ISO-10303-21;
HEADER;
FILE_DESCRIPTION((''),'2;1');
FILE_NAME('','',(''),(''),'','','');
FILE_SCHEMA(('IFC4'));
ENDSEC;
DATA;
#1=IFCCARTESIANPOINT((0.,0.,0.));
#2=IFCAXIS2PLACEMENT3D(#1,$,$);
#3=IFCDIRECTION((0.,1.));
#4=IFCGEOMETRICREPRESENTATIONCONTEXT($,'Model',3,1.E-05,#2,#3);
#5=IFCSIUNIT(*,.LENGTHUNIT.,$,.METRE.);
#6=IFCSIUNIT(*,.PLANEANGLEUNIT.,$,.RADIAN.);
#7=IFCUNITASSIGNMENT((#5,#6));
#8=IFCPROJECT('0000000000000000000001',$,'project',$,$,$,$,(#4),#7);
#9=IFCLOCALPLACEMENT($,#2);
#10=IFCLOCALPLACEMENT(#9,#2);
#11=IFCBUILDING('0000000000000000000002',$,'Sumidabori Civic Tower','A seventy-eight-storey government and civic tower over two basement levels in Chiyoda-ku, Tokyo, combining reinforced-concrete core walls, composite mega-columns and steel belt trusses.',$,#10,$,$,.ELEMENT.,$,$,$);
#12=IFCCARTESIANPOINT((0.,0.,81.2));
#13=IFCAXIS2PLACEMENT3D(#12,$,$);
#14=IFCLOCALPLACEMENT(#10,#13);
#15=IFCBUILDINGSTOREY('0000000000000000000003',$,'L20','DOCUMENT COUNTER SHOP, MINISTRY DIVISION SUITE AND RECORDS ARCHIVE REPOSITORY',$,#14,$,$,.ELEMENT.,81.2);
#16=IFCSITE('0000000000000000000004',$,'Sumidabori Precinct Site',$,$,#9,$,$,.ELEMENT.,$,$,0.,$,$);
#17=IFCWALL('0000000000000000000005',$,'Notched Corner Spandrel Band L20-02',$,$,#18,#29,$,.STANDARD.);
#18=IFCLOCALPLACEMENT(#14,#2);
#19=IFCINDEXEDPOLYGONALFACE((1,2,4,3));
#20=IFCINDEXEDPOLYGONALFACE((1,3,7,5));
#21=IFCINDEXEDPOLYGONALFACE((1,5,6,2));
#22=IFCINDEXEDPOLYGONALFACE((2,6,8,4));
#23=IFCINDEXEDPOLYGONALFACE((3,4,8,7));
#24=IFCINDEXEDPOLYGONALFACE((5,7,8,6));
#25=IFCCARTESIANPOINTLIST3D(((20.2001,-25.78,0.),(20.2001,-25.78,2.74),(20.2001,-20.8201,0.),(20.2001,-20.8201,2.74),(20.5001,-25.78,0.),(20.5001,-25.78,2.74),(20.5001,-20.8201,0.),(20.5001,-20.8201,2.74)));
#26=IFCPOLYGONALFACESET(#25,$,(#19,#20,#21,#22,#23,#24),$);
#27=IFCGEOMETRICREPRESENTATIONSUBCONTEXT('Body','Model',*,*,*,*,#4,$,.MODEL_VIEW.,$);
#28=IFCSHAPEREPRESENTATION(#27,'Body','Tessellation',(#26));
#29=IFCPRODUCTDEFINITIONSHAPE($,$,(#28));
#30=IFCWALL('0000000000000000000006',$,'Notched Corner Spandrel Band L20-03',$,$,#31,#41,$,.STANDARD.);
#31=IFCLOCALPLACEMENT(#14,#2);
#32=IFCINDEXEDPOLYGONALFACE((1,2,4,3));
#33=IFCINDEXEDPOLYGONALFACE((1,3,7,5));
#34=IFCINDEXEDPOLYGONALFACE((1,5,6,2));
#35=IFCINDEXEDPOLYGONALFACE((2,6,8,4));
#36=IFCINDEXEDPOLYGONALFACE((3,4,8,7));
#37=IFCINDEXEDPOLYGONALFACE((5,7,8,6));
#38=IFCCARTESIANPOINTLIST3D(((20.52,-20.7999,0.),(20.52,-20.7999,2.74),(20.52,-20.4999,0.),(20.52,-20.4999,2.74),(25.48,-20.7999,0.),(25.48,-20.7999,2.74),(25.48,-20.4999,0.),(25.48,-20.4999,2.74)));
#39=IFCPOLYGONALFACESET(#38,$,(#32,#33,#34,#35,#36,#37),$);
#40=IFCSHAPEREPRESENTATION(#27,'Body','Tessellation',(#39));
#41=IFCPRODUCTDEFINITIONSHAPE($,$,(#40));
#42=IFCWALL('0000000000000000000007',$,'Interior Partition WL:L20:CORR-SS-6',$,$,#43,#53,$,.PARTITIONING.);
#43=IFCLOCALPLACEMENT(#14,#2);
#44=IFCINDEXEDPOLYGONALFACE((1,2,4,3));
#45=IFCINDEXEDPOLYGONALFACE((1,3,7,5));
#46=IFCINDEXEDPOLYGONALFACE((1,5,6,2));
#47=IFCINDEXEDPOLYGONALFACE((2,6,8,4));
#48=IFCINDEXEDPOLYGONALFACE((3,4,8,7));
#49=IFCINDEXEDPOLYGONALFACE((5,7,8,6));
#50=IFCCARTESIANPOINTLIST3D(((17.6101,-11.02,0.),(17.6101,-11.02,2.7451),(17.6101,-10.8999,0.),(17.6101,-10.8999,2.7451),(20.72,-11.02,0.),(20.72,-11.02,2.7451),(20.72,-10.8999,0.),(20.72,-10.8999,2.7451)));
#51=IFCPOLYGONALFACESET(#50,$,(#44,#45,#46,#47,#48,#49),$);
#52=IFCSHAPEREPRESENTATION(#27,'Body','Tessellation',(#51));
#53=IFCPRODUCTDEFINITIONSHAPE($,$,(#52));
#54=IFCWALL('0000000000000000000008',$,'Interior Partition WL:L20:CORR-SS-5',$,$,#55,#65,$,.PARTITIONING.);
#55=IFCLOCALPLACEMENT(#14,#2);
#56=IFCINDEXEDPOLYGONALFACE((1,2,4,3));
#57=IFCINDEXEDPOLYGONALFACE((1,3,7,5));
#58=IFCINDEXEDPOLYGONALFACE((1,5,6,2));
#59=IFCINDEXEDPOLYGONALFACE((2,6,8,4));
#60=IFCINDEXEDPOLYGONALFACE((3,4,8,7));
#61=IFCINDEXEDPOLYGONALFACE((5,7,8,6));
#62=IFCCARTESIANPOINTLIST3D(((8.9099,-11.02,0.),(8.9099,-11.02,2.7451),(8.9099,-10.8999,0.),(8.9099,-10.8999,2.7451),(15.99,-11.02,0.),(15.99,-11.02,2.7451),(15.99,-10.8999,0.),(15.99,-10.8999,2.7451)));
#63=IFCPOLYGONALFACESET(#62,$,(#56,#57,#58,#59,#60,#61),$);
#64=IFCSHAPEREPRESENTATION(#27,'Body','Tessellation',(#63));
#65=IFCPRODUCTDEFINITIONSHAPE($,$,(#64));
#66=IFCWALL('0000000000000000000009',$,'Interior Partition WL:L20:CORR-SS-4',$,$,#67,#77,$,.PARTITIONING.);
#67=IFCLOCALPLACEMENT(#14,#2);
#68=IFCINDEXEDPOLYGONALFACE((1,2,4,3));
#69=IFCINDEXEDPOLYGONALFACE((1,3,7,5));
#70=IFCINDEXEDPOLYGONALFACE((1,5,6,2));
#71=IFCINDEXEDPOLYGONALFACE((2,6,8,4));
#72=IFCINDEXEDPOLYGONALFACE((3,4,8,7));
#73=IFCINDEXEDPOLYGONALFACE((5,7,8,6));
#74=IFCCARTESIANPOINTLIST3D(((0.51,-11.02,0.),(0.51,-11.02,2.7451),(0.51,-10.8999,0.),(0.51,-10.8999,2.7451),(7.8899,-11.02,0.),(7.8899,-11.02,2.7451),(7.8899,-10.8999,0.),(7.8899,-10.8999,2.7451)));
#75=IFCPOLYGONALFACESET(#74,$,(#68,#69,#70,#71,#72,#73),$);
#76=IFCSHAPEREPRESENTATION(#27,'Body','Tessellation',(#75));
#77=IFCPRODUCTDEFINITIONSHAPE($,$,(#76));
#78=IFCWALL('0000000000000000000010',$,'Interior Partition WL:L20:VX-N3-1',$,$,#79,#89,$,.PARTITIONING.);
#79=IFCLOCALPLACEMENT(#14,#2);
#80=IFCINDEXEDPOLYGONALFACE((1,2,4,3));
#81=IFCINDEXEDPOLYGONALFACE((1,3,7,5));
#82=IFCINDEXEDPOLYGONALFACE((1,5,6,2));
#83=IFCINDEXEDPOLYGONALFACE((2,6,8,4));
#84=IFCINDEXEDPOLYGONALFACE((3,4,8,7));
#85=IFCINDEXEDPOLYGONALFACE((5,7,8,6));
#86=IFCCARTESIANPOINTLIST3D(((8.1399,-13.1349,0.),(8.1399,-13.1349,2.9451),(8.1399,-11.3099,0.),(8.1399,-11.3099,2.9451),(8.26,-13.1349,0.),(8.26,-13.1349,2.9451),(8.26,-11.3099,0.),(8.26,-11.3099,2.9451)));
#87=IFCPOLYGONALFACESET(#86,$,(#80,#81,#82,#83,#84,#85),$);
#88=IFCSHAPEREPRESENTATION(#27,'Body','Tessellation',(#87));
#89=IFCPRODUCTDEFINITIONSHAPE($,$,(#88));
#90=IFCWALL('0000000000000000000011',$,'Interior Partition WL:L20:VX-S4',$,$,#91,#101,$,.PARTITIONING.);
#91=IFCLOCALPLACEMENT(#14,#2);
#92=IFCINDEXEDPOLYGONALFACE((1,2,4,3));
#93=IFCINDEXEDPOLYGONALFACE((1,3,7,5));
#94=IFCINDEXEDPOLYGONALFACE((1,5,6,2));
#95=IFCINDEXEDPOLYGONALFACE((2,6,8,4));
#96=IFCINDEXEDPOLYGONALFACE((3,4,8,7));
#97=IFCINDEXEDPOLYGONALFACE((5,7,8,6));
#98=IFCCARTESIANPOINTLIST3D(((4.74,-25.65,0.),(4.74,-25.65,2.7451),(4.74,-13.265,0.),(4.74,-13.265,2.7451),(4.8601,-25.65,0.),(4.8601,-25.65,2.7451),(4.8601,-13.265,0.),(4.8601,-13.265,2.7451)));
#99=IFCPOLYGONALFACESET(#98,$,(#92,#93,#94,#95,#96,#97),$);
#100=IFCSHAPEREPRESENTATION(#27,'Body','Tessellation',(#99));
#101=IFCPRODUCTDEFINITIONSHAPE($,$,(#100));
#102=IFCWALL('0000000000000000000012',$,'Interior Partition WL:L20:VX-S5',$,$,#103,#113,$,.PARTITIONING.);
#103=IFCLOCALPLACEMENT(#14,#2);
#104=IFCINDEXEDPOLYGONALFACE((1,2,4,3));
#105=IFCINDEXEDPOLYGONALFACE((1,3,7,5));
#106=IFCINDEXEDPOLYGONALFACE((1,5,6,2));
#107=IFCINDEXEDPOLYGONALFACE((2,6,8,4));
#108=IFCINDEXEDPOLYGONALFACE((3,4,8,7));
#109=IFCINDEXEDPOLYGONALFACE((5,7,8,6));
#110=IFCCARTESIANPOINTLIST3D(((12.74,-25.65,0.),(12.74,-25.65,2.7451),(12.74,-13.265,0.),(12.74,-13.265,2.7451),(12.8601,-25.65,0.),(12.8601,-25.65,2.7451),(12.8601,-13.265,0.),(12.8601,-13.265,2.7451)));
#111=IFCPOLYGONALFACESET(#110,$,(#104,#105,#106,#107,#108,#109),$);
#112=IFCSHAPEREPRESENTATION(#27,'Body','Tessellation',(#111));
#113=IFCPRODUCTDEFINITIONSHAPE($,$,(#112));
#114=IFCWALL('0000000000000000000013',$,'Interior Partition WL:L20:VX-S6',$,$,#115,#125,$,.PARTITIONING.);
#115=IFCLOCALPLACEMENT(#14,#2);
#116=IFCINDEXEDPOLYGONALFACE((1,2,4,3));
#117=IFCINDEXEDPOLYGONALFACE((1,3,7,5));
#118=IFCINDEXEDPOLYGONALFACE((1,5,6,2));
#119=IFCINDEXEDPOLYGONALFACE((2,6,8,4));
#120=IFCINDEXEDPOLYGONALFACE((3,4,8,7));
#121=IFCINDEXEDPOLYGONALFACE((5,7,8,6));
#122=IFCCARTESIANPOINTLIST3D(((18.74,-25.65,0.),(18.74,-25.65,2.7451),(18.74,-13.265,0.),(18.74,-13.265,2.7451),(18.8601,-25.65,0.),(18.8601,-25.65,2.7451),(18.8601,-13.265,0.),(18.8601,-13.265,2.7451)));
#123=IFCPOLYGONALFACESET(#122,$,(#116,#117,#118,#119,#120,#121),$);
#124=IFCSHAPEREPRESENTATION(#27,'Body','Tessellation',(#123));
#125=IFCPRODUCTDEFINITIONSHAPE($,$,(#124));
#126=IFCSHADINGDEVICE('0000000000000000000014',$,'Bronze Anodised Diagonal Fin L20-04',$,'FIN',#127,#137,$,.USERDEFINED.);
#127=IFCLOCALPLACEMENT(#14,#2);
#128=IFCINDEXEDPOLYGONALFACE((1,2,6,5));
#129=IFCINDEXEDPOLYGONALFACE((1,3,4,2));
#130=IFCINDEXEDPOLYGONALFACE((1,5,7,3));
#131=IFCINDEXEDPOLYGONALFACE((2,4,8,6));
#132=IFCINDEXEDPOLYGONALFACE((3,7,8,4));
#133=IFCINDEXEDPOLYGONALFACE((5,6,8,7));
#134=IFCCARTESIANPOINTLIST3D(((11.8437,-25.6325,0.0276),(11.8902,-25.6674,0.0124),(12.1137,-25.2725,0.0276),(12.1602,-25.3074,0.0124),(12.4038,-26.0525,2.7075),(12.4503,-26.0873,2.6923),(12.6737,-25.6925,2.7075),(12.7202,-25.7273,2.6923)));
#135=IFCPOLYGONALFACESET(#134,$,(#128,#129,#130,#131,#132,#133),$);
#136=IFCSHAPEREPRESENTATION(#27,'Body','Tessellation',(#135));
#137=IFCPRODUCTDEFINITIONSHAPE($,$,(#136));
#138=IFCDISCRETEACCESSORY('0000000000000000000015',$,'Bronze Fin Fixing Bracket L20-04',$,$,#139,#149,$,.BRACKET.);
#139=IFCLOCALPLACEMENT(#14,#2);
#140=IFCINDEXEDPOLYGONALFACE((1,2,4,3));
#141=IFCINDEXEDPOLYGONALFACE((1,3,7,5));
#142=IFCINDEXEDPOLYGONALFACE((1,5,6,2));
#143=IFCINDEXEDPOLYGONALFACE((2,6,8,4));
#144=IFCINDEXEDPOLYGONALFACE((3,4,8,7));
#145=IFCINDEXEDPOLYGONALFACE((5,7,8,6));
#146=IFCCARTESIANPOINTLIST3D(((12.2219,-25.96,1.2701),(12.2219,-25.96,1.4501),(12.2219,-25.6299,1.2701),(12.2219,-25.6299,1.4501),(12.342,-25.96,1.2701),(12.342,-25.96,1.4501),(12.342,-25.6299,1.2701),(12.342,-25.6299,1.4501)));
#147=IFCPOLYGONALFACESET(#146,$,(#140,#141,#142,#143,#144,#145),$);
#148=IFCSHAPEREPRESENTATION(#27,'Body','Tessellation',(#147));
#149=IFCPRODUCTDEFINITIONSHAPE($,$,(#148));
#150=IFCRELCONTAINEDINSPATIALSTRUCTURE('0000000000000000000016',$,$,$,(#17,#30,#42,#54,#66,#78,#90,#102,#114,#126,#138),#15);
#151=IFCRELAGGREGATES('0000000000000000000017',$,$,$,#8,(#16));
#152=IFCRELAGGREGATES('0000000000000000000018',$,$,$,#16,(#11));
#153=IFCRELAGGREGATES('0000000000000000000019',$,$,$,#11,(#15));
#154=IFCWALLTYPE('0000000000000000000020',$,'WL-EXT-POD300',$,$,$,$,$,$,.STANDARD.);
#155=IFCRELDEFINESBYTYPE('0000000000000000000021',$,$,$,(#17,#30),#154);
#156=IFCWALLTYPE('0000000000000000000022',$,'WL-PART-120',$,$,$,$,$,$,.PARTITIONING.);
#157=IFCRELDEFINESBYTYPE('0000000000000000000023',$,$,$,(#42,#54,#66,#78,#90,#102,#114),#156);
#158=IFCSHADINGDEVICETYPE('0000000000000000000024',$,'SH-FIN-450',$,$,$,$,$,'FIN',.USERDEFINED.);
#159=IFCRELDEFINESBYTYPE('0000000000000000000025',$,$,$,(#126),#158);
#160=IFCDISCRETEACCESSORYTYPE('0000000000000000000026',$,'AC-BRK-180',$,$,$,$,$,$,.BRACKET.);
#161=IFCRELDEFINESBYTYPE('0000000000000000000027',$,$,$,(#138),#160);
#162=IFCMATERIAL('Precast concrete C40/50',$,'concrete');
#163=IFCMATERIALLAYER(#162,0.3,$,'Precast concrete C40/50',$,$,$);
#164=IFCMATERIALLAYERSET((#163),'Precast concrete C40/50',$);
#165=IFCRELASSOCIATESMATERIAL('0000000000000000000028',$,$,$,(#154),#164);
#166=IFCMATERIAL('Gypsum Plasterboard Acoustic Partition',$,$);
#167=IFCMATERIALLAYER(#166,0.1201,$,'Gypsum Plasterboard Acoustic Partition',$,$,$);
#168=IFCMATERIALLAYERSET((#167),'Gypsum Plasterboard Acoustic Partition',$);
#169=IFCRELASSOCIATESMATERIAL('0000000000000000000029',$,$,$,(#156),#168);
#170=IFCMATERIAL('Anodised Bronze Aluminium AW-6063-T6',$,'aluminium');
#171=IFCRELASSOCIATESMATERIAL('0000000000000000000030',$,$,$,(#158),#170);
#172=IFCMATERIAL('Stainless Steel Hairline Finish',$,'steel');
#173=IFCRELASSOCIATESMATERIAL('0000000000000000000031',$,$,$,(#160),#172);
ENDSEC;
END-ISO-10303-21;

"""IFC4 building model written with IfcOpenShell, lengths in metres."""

from ifc_helpers import new_model, si_unit, direction, frame, frame_2d, origin, origin_2d, place, context, subcontext, project, spatial, rectangle, extrude, source, transform, mapped, material, layer, layer_set, material_profile, profile_set, type_object, element, save


model = new_model("IFC4")

# Units and contexts
model_context = context("Model", 3, precision=1e-05, world=origin(), true_north=direction((0.0, 1.0)))
body_context = subcontext(model_context, "Body", "Model", "MODEL_VIEW")
ifc_project = project(units=[si_unit("LENGTHUNIT", "METRE"), si_unit("PLANEANGLEUNIT", "RADIAN")], contexts=[model_context])

# Site, building, storey
site_placement = place(None, origin())
site = spatial("IfcSite", under=ifc_project, at=site_placement, Name="Sumidabori Precinct Site", CompositionType="ELEMENT", RefElevation=0.0)
building_placement = place(site_placement, origin())
building = spatial("IfcBuilding", under=site, at=building_placement, Name="Sumidabori Civic Tower", Description="A seventy-eight-storey government and civic tower over two basement levels in Chiyoda-ku, Tokyo, combining reinforced-concrete core walls, composite mega-columns and steel belt trusses.", CompositionType="ELEMENT")
storey_placement = place(building_placement, frame((0.0, 0.0, 81.2)))
storey = spatial("IfcBuildingStorey", under=building, at=storey_placement, Name="L20", Description="DOCUMENT COUNTER SHOP, MINISTRY DIVISION SUITE AND RECORDS ARCHIVE REPOSITORY", CompositionType="ELEMENT", Elevation=81.2)

# Shared definitions
ifc_material_1 = material(Name="Anodised Bronze Aluminium AW-6063-T6", Category="aluminium")

# Walls
ifc_material_2 = material(Name="Precast concrete C40/50", Category="concrete")
ifc_layer_1 = layer(ifc_material_2, 0.3, Name="Precast concrete C40/50")
ifc_layer_set_1 = layer_set([ifc_layer_1], Name="Precast concrete C40/50")
wall_type_1 = type_object("IfcWallType", Name="WL-EXT-POD300", PredefinedType="STANDARD", material=ifc_layer_set_1)
shared_shape_1 = source(origin(), body_context, "Body", "SweptSolid", [
    extrude(rectangle(XDim=4.96, YDim=0.3, at=frame_2d((2.48, 0.0))), origin(), (0.0, 0.0, 1.0), 2.74),
])
for number, where, z_axis, x_axis, name in (
    (1, (20.3501, -25.78, 0.0), (0.0, 0.0, 1.0), (0.0, 1.0, 0.0), "Notched Corner Spandrel Band L20-02"),
    (2, (20.52, -20.6499, 0.0), (0.0, 0.0, 1.0), (1.0, 0.0, 0.0), "Notched Corner Spandrel Band L20-03"),
):
    element("IfcWall", number, at=place(storey_placement, frame(where, z_axis=z_axis, x_axis=x_axis)), inside=storey, type_object=wall_type_1, Name=name, PredefinedType="STANDARD", context=body_context, shape_type="MappedRepresentation", body=[
        mapped(shared_shape_1, transform((0.0, 0.0, 0.0), x_axis=(1.0, 0.0, 0.0), y_axis=(0.0, 1.0, 0.0), z_axis=(0.0, 0.0, 1.0), scale=1.0)),
    ])
ifc_material_3 = material(Name="Gypsum Plasterboard Acoustic Partition")
ifc_layer_2 = layer(ifc_material_3, 0.1201, Name="Gypsum Plasterboard Acoustic Partition")
ifc_layer_set_2 = layer_set([ifc_layer_2], Name="Gypsum Plasterboard Acoustic Partition")
wall_type_2 = type_object("IfcWallType", Name="WL-PART-120", PredefinedType="PARTITIONING", material=ifc_layer_set_2)
shared_shape_2 = source(origin(), body_context, "Body", "SweptSolid", [
    extrude(rectangle(XDim=3.1099, YDim=0.1201, at=frame_2d((1.5549, 0.0))), origin(), (0.0, 0.0, 1.0), 2.7451),
])
wall_1_placement = place(storey_placement, frame((17.6101, -10.96, 0.0), z_axis=(0.0, 0.0, 1.0), x_axis=(1.0, 0.0, 0.0)))
element("IfcWall", 3, at=wall_1_placement, inside=storey, type_object=wall_type_2, Name="Interior Partition WL:L20:CORR-SS-6", PredefinedType="PARTITIONING", context=body_context, shape_type="MappedRepresentation", body=[
    mapped(shared_shape_2, transform((0.0, 0.0, 0.0), x_axis=(1.0, 0.0, 0.0), y_axis=(0.0, 1.0, 0.0), z_axis=(0.0, 0.0, 1.0), scale=1.0)),
])
shared_shape_3 = source(origin(), body_context, "Body", "SweptSolid", [
    extrude(rectangle(XDim=7.0801, YDim=0.1201, at=frame_2d((3.54, 0.0))), origin(), (0.0, 0.0, 1.0), 2.7451),
])
wall_2_placement = place(storey_placement, frame((8.9099, -10.96, 0.0), z_axis=(0.0, 0.0, 1.0), x_axis=(1.0, 0.0, 0.0)))
element("IfcWall", 4, at=wall_2_placement, inside=storey, type_object=wall_type_2, Name="Interior Partition WL:L20:CORR-SS-5", PredefinedType="PARTITIONING", context=body_context, shape_type="MappedRepresentation", body=[
    mapped(shared_shape_3, transform((0.0, 0.0, 0.0), x_axis=(1.0, 0.0, 0.0), y_axis=(0.0, 1.0, 0.0), z_axis=(0.0, 0.0, 1.0), scale=1.0)),
])
shared_shape_4 = source(origin(), body_context, "Body", "SweptSolid", [
    extrude(rectangle(XDim=7.3799, YDim=0.1201, at=frame_2d((3.6899, 0.0))), origin(), (0.0, 0.0, 1.0), 2.7451),
])
wall_3_placement = place(storey_placement, frame((0.51, -10.96, 0.0), z_axis=(0.0, 0.0, 1.0), x_axis=(1.0, 0.0, 0.0)))
element("IfcWall", 5, at=wall_3_placement, inside=storey, type_object=wall_type_2, Name="Interior Partition WL:L20:CORR-SS-4", PredefinedType="PARTITIONING", context=body_context, shape_type="MappedRepresentation", body=[
    mapped(shared_shape_4, transform((0.0, 0.0, 0.0), x_axis=(1.0, 0.0, 0.0), y_axis=(0.0, 1.0, 0.0), z_axis=(0.0, 0.0, 1.0), scale=1.0)),
])
shared_shape_5 = source(origin(), body_context, "Body", "SweptSolid", [
    extrude(rectangle(XDim=1.825, YDim=0.1201, at=frame_2d((0.9126, 0.0))), origin(), (0.0, 0.0, 1.0), 2.9451),
])
wall_4_placement = place(storey_placement, frame((8.2, -13.135, 0.0), z_axis=(0.0, 0.0, 1.0), x_axis=(0.0, 1.0, 0.0)))
element("IfcWall", 6, at=wall_4_placement, inside=storey, type_object=wall_type_2, Name="Interior Partition WL:L20:VX-N3-1", PredefinedType="PARTITIONING", context=body_context, shape_type="MappedRepresentation", body=[
    mapped(shared_shape_5, transform((0.0, 0.0, 0.0), x_axis=(1.0, 0.0, 0.0), y_axis=(0.0, 1.0, 0.0), z_axis=(0.0, 0.0, 1.0), scale=1.0)),
])
shared_shape_6 = source(origin(), body_context, "Body", "SweptSolid", [
    extrude(rectangle(XDim=12.385, YDim=0.1201, at=frame_2d((6.1924, 0.0))), origin(), (0.0, 0.0, 1.0), 2.7451),
])
for number, where, z_axis, x_axis, name in (
    (7, (4.8, -25.6499, 0.0), (0.0, 0.0, 1.0), (0.0, 1.0, 0.0), "Interior Partition WL:L20:VX-S4"),
    (8, (12.8, -25.6499, 0.0), (0.0, 0.0, 1.0), (0.0, 1.0, 0.0), "Interior Partition WL:L20:VX-S5"),
    (9, (18.8, -25.6499, 0.0), (0.0, 0.0, 1.0), (0.0, 1.0, 0.0), "Interior Partition WL:L20:VX-S6"),
):
    element("IfcWall", number, at=place(storey_placement, frame(where, z_axis=z_axis, x_axis=x_axis)), inside=storey, type_object=wall_type_2, Name=name, PredefinedType="PARTITIONING", context=body_context, shape_type="MappedRepresentation", body=[
        mapped(shared_shape_6, transform((0.0, 0.0, 0.0), x_axis=(1.0, 0.0, 0.0), y_axis=(0.0, 1.0, 0.0), z_axis=(0.0, 0.0, 1.0), scale=1.0)),
    ])

# Shading device
ifc_material_profile_1 = material_profile(ifc_material_1, rectangle(XDim=0.0601, YDim=0.45, at=origin_2d()), Name="BRONZE FIN 450x60")
ifc_profile_set_1 = profile_set([ifc_material_profile_1], Name="Anodised Bronze Aluminium AW-6063-T6")
shading_device_type = type_object("IfcShadingDeviceType", Name="SH-FIN-450", ElementType="FIN", PredefinedType="USERDEFINED", material=ifc_profile_set_1)
shared_shape_7 = source(origin(), body_context, "Body", "SweptSolid", [
    extrude(rectangle(XDim=0.0601, YDim=0.45, at=origin_2d()), origin(), (0.0, 0.0, 1.0), 2.7698),
])
shading_device_placement = place(storey_placement, frame((12.002, -25.47, 0.02), z_axis=(0.202199, -0.151605, 0.967539), x_axis=(0.774112, -0.580415, -0.252722)))
element("IfcShadingDevice", 10, at=shading_device_placement, inside=storey, type_object=shading_device_type, Name="Bronze Anodised Diagonal Fin L20-04", ObjectType="FIN", PredefinedType="USERDEFINED", context=body_context, shape_type="MappedRepresentation", body=[
    mapped(shared_shape_7, transform((0.0, 0.0, 0.0), x_axis=(1.0, 0.0, 0.0), y_axis=(0.0, 1.0, 0.0), z_axis=(0.0, 0.0, 1.0), scale=1.0)),
])

# Discrete accessory
ifc_material_4 = material(Name="Stainless Steel Hairline Finish", Category="steel")
ifc_material_profile_2 = material_profile(ifc_material_4, rectangle(XDim=0.1201, YDim=0.1799, at=origin_2d()), Name="STEEL BRACKET 180x120")
ifc_profile_set_2 = profile_set([ifc_material_profile_2], Name="Stainless Steel Hairline Finish")
discrete_accessory_type = type_object("IfcDiscreteAccessoryType", Name="AC-BRK-180", PredefinedType="BRACKET", material=ifc_profile_set_2)
shared_shape_8 = source(origin(), body_context, "Body", "SweptSolid", [
    extrude(rectangle(XDim=0.1201, YDim=0.1799, at=origin_2d()), origin(), (0.0, 0.0, 1.0), 0.3301),
])
discrete_accessory_placement = place(storey_placement, frame((12.282, -25.6299, 1.3601), z_axis=(0.0, -1.0, 0.0), x_axis=(1.0, 0.0, 0.0)))
element("IfcDiscreteAccessory", 11, at=discrete_accessory_placement, inside=storey, type_object=discrete_accessory_type, Name="Bronze Fin Fixing Bracket L20-04", PredefinedType="BRACKET", context=body_context, shape_type="MappedRepresentation", body=[
    mapped(shared_shape_8, transform((0.0, 0.0, 0.0), x_axis=(1.0, 0.0, 0.0), y_axis=(0.0, 1.0, 0.0), z_axis=(0.0, 0.0, 1.0), scale=1.0)),
])

save(model, "model.ifc")
